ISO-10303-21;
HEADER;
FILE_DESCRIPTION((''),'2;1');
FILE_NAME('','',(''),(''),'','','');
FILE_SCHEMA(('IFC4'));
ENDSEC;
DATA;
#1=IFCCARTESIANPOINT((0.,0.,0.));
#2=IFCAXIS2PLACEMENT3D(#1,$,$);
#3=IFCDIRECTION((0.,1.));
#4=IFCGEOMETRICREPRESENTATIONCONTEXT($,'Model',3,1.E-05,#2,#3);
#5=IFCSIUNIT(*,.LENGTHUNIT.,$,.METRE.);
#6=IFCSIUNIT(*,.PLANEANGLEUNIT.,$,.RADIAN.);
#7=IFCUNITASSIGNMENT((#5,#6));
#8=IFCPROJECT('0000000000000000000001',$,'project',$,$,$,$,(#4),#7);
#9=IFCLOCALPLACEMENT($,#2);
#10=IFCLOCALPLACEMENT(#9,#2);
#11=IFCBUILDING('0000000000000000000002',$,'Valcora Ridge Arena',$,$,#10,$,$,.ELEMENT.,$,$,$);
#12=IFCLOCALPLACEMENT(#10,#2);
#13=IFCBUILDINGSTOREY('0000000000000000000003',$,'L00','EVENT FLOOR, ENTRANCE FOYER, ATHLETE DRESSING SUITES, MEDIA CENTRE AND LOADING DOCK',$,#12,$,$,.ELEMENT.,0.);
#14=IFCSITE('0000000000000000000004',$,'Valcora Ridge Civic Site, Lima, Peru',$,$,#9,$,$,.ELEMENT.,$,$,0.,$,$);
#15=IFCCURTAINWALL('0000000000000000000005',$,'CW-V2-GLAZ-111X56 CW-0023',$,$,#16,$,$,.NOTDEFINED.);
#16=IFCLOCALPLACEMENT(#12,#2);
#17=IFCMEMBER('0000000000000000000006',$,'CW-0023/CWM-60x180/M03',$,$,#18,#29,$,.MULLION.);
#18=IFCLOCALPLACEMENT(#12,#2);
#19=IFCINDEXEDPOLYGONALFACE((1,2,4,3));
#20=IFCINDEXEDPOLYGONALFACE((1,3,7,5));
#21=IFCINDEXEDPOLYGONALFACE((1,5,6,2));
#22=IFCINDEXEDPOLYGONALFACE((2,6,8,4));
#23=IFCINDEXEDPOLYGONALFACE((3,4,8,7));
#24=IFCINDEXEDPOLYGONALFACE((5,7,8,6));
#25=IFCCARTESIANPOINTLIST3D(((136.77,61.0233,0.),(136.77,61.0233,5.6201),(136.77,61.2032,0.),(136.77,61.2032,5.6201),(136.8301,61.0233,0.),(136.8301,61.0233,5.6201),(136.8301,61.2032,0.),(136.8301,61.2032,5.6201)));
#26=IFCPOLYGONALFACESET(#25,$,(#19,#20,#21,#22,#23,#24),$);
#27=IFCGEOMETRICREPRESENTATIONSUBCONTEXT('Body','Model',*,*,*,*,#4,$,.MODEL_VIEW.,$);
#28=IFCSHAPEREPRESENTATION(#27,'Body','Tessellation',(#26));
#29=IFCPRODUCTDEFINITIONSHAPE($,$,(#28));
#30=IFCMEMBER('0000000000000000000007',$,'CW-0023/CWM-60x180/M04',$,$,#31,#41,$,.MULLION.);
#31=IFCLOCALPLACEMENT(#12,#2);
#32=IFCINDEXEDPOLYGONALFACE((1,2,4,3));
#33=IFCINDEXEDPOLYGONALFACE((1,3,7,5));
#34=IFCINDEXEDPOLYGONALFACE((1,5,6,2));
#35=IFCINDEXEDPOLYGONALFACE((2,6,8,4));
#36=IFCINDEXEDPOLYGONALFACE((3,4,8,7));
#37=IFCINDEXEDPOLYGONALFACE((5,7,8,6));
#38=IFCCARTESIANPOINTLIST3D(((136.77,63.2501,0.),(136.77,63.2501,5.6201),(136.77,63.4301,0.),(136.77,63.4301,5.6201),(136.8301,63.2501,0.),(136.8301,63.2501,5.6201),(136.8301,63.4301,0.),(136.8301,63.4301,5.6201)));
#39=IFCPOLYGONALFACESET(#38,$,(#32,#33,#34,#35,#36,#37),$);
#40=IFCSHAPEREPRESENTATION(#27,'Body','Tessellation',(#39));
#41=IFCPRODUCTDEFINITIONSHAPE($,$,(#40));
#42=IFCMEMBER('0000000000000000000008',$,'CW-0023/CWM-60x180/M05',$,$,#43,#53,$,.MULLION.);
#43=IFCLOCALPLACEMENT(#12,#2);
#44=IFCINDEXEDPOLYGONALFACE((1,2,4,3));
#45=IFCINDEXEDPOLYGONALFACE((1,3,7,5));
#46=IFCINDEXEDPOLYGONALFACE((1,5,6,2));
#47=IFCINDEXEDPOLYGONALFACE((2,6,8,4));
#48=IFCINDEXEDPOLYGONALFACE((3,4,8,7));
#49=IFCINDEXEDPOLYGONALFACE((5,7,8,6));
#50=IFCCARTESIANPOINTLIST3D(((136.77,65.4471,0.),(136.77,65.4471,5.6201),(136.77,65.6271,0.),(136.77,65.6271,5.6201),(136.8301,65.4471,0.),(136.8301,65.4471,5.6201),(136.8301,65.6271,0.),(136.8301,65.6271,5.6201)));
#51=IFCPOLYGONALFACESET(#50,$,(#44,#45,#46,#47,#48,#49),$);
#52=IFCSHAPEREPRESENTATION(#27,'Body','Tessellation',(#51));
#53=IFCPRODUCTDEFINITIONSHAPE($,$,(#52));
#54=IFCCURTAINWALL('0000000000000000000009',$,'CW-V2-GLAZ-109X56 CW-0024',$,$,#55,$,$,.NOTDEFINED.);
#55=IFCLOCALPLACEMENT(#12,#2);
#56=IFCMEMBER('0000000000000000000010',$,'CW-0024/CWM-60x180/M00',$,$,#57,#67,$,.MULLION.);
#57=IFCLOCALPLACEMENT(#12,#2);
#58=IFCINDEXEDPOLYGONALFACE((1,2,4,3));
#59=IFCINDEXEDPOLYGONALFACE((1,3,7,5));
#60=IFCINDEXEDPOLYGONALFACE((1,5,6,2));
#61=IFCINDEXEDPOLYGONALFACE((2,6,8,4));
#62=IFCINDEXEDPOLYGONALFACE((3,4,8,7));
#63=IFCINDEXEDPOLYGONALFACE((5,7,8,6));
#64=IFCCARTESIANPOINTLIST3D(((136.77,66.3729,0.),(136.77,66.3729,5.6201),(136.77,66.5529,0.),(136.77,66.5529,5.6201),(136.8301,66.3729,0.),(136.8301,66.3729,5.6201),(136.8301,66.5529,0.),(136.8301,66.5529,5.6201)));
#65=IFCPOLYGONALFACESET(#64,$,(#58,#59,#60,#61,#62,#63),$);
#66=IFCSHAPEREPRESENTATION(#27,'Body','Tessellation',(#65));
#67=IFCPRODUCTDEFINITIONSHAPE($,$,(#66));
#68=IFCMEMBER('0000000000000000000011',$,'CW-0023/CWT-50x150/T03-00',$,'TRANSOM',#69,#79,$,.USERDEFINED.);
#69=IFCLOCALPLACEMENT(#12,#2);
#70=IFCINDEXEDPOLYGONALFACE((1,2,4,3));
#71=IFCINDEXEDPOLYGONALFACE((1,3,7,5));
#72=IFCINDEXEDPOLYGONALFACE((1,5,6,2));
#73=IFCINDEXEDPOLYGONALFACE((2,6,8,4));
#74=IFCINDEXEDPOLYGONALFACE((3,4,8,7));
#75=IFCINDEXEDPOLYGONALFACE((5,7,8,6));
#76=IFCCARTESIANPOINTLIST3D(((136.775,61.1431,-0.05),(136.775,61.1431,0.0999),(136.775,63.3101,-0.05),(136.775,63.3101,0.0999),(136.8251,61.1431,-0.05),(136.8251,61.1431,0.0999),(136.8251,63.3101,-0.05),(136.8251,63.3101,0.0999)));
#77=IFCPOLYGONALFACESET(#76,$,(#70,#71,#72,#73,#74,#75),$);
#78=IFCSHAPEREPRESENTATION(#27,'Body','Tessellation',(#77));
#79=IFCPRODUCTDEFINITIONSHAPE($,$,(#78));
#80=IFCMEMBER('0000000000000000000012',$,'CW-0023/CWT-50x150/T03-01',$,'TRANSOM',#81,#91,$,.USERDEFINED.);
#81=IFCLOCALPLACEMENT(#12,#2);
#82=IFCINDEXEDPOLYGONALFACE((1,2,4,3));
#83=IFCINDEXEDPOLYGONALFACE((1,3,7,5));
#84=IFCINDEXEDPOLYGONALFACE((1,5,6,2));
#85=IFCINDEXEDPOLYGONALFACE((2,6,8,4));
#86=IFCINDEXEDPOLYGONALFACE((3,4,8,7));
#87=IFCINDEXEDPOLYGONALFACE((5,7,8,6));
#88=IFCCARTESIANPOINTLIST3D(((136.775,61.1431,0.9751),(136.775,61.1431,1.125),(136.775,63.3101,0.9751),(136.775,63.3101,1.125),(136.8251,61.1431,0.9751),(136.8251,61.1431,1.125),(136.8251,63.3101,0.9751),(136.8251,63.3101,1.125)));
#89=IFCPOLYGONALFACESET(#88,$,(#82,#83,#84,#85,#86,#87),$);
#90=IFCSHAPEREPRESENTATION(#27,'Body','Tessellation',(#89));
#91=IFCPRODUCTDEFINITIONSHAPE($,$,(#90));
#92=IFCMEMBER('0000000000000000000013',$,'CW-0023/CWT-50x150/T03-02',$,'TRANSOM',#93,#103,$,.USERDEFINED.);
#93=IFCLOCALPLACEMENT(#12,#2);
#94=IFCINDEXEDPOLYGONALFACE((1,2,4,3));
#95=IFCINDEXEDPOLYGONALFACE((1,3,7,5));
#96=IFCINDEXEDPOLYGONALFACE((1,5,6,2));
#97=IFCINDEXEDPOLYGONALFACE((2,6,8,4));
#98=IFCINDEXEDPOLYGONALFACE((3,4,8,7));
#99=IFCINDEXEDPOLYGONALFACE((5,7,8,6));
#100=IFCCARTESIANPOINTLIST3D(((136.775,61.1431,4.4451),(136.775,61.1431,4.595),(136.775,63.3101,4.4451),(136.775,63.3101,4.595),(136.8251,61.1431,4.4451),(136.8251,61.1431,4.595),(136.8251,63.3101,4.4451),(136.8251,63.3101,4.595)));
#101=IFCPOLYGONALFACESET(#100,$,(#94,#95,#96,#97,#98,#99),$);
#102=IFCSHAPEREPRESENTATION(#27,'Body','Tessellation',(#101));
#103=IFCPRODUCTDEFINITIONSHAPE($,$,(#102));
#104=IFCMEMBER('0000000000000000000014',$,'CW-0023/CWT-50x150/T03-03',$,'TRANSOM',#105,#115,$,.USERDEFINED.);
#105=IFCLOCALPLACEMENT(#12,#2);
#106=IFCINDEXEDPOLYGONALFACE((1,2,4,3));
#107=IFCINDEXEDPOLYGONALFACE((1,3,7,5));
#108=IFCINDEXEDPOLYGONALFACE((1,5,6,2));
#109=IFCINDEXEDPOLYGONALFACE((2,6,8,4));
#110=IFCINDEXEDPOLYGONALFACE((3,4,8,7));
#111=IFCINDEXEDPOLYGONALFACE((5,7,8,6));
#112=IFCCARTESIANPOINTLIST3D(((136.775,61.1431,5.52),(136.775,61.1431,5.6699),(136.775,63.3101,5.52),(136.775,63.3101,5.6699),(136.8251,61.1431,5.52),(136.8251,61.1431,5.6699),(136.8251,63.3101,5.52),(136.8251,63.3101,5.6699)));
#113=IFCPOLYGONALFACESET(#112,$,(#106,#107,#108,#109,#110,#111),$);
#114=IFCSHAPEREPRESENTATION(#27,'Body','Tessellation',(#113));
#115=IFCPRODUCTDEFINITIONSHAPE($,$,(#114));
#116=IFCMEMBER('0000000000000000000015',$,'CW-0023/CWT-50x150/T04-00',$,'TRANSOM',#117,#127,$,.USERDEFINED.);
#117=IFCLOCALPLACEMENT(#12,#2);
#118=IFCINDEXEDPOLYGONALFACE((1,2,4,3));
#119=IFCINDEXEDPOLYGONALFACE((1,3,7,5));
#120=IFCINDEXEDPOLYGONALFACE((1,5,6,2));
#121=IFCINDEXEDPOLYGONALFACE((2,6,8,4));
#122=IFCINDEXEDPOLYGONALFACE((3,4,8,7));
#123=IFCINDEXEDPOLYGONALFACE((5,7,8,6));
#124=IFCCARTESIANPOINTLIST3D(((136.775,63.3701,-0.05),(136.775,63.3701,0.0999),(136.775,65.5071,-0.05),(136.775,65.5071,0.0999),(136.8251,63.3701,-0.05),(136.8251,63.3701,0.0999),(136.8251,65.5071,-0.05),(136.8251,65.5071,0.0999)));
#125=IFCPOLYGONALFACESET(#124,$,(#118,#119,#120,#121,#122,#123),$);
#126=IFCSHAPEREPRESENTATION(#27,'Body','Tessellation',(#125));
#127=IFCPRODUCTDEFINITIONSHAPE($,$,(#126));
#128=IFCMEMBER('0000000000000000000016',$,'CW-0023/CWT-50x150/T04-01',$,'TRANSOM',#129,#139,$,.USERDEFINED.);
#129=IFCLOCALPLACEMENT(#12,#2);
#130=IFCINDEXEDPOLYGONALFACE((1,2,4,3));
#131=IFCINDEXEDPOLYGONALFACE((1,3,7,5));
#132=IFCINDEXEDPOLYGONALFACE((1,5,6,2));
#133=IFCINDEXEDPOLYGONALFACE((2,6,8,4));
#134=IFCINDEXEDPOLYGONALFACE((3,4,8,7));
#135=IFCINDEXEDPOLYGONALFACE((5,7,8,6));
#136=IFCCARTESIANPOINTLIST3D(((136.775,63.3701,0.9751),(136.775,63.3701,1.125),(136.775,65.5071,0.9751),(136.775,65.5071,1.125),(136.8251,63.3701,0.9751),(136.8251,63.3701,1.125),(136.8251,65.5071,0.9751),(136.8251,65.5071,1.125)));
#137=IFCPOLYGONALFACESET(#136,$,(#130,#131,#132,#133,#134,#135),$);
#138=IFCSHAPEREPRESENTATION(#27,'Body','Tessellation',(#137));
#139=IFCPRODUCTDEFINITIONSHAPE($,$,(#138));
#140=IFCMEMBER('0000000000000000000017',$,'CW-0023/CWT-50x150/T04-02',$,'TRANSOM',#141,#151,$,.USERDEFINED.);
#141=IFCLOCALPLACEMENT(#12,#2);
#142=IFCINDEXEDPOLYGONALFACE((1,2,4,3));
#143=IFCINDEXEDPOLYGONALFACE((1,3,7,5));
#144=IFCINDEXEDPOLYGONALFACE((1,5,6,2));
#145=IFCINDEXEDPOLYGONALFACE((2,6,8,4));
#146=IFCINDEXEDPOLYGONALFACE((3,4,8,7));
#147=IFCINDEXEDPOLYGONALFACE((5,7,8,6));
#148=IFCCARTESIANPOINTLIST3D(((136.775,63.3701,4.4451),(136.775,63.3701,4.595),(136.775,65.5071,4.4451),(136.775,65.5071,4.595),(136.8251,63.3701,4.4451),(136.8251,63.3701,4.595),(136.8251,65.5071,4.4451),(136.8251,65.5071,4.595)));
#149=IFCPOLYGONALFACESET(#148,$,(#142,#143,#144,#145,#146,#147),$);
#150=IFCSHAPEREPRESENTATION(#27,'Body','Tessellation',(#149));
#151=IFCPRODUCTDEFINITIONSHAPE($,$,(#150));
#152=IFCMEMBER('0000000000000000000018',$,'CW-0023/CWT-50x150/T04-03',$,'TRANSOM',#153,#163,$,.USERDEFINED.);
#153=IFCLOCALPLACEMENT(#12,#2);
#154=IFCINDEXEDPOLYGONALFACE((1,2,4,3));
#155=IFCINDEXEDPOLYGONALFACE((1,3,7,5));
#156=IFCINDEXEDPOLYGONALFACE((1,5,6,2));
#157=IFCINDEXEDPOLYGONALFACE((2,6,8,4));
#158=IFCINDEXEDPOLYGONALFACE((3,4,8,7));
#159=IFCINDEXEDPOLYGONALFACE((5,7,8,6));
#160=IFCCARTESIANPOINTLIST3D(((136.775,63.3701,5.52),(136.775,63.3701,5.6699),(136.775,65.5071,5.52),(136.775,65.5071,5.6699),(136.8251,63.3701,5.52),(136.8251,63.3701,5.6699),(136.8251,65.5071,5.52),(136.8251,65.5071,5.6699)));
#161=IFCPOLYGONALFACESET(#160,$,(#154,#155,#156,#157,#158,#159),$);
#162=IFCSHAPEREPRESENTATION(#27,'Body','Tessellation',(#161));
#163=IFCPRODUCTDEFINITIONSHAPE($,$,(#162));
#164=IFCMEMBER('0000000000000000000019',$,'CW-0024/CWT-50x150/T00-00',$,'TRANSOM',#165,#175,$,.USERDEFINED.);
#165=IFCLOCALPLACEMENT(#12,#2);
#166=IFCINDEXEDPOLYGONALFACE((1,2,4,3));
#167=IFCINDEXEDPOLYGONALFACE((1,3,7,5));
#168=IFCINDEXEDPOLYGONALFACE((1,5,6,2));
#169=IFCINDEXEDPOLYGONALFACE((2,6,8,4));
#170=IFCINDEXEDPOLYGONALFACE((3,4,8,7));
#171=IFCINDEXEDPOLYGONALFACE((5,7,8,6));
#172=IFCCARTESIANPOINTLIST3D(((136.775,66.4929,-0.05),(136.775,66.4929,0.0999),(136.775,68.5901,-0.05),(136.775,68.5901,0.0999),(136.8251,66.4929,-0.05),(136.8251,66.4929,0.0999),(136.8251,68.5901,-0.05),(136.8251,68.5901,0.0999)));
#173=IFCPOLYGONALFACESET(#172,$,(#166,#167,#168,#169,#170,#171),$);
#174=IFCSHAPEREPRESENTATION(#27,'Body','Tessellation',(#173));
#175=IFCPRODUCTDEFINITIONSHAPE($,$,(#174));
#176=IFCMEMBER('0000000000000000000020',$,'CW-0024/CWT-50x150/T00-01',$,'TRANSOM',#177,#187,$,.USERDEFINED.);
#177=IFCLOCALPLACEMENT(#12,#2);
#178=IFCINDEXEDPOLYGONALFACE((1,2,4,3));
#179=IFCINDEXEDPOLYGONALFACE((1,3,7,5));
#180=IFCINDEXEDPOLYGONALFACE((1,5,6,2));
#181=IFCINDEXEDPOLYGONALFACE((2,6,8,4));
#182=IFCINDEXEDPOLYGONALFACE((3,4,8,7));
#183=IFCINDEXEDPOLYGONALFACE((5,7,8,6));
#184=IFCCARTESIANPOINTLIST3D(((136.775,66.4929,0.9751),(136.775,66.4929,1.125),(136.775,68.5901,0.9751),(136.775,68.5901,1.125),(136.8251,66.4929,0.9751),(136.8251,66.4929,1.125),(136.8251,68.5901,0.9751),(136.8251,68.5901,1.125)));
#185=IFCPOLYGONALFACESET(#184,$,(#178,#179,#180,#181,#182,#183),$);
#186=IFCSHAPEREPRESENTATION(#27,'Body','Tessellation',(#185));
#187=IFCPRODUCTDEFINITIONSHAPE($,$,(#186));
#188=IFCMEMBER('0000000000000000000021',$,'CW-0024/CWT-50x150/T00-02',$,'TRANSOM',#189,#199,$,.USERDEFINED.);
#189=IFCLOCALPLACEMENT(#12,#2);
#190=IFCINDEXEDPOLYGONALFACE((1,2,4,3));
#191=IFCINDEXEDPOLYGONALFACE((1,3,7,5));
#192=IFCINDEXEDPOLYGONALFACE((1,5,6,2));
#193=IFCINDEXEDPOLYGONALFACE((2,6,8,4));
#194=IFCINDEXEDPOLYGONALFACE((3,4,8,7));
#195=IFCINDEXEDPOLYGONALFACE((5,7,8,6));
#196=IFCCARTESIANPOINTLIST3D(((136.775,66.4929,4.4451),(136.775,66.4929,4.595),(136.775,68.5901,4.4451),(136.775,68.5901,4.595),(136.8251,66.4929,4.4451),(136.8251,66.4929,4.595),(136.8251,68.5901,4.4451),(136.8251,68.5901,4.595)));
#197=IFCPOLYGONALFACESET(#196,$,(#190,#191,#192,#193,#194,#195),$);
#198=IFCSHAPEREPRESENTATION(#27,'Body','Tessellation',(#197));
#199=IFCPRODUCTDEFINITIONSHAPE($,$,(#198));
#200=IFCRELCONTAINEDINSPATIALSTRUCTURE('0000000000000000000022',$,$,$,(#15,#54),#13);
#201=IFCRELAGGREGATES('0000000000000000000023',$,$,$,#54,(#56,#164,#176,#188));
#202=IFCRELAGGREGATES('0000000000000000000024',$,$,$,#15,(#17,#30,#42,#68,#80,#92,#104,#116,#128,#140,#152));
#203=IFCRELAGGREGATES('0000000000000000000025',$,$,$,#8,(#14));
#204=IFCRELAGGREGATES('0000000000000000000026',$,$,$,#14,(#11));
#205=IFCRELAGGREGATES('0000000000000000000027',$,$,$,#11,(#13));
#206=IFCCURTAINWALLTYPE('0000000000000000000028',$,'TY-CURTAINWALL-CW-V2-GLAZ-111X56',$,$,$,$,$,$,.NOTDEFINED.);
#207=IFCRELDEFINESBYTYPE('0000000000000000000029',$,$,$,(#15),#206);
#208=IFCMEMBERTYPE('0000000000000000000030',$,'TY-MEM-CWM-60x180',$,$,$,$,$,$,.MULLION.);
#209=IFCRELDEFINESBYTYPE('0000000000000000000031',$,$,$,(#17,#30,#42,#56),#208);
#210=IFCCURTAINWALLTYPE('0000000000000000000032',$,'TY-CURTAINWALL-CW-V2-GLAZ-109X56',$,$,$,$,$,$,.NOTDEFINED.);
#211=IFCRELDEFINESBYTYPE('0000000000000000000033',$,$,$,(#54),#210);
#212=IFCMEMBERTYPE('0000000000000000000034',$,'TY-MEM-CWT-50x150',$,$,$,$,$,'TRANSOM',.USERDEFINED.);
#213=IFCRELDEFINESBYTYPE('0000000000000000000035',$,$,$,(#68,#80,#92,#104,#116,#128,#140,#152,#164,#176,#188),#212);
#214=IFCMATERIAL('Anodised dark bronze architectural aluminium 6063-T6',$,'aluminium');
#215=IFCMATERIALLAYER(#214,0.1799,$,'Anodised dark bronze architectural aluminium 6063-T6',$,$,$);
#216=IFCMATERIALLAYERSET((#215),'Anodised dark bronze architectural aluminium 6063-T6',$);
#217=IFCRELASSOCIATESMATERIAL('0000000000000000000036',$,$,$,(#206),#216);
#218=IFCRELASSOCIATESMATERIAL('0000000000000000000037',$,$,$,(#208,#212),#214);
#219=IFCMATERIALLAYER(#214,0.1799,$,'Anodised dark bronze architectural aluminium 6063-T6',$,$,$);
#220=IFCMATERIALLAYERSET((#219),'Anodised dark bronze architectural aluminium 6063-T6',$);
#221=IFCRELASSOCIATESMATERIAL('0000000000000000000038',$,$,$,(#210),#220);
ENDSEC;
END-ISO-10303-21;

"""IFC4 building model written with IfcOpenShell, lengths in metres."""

from ifc_helpers import new_model, si_unit, direction, frame, origin, origin_2d, place, context, subcontext, project, spatial, rectangle, extrude, material, layer, layer_set, material_profile, profile_set, type_object, element, aggregate, save


model = new_model("IFC4")

# Units and contexts
model_context = context("Model", 3, precision=1e-05, world=origin(), true_north=direction((0.0, 1.0)))
body_context = subcontext(model_context, "Body", "Model", "MODEL_VIEW")
ifc_project = project(units=[si_unit("LENGTHUNIT", "METRE"), si_unit("PLANEANGLEUNIT", "RADIAN")], contexts=[model_context])

# Site, building, storey
site_placement = place(None, origin())
site = spatial("IfcSite", under=ifc_project, at=site_placement, Name="Valcora Ridge Civic Site, Lima, Peru", CompositionType="ELEMENT", RefElevation=0.0)
building_placement = place(site_placement, origin())
building = spatial("IfcBuilding", under=site, at=building_placement, Name="Valcora Ridge Arena", CompositionType="ELEMENT")
storey_placement = place(building_placement, origin())
storey = spatial("IfcBuildingStorey", under=building, at=storey_placement, Name="L00", Description="EVENT FLOOR, ENTRANCE FOYER, ATHLETE DRESSING SUITES, MEDIA CENTRE AND LOADING DOCK", CompositionType="ELEMENT", Elevation=0.0)

# Curtain wall, members
ifc_material_1 = material(Name="Anodised dark bronze architectural aluminium 6063-T6", Category="aluminium")
ifc_layer_1 = layer(ifc_material_1, 0.1799, Name="Anodised dark bronze architectural aluminium 6063-T6")
ifc_layer_set_1 = layer_set([ifc_layer_1], Name="Anodised dark bronze architectural aluminium 6063-T6")
curtain_wall_type_1 = type_object("IfcCurtainWallType", Name="TY-CURTAINWALL-CW-V2-GLAZ-111X56", PredefinedType="NOTDEFINED", material=ifc_layer_set_1)
curtain_wall_1_placement = place(storey_placement, origin())
curtain_wall_1 = element("IfcCurtainWall", 1, at=curtain_wall_1_placement, inside=storey, type_object=curtain_wall_type_1, Name="CW-V2-GLAZ-111X56 CW-0023", PredefinedType="NOTDEFINED")
ifc_material_profile_1 = material_profile(ifc_material_1, rectangle(XDim=0.0601, YDim=0.1799, at=origin_2d()), Name="ALU MULLION 60x180")
ifc_profile_set_1 = profile_set([ifc_material_profile_1], Name="Anodised dark bronze architectural aluminium 6063-T6")
member_type_1 = type_object("IfcMemberType", Name="TY-MEM-CWM-60x180", PredefinedType="MULLION", material=ifc_profile_set_1)
member_1_placement = place(storey_placement, frame((136.8, 61.1133, 0.0), z_axis=(0.0, 0.0, 1.0), x_axis=(-1.0, 0.0, 0.0)))
member_1 = element("IfcMember", 2, at=member_1_placement, type_object=member_type_1, Name="CW-0023/CWM-60x180/M03", PredefinedType="MULLION", context=body_context, shape_type="SweptSolid", body=[
    extrude(rectangle(XDim=0.0601, YDim=0.1799, at=origin_2d()), origin(), (0.0, 0.0, 1.0), 5.6201),
])
member_2_placement = place(storey_placement, frame((136.8, 63.3401, 0.0), z_axis=(0.0, 0.0, 1.0), x_axis=(-1.0, 0.0, 0.0)))
member_2 = element("IfcMember", 3, at=member_2_placement, type_object=member_type_1, Name="CW-0023/CWM-60x180/M04", PredefinedType="MULLION", context=body_context, shape_type="SweptSolid", body=[
    extrude(rectangle(XDim=0.0601, YDim=0.1799, at=origin_2d()), origin(), (0.0, 0.0, 1.0), 5.6201),
])
member_3_placement = place(storey_placement, frame((136.8, 65.5371, 0.0), z_axis=(0.0, 0.0, 1.0), x_axis=(-1.0, 0.0, 0.0)))
member_3 = element("IfcMember", 4, at=member_3_placement, type_object=member_type_1, Name="CW-0023/CWM-60x180/M05", PredefinedType="MULLION", context=body_context, shape_type="SweptSolid", body=[
    extrude(rectangle(XDim=0.0601, YDim=0.1799, at=origin_2d()), origin(), (0.0, 0.0, 1.0), 5.6201),
])

# Curtain wall, member
ifc_layer_2 = layer(ifc_material_1, 0.1799, Name="Anodised dark bronze architectural aluminium 6063-T6")
ifc_layer_set_2 = layer_set([ifc_layer_2], Name="Anodised dark bronze architectural aluminium 6063-T6")
curtain_wall_type_2 = type_object("IfcCurtainWallType", Name="TY-CURTAINWALL-CW-V2-GLAZ-109X56", PredefinedType="NOTDEFINED", material=ifc_layer_set_2)
curtain_wall_2_placement = place(storey_placement, origin())
curtain_wall_2 = element("IfcCurtainWall", 5, at=curtain_wall_2_placement, inside=storey, type_object=curtain_wall_type_2, Name="CW-V2-GLAZ-109X56 CW-0024", PredefinedType="NOTDEFINED")
member_4_placement = place(storey_placement, frame((136.8, 66.4629, 0.0), z_axis=(0.0, 0.0, 1.0), x_axis=(-1.0, 0.0, 0.0)))
member_4 = element("IfcMember", 6, at=member_4_placement, type_object=member_type_1, Name="CW-0024/CWM-60x180/M00", PredefinedType="MULLION", context=body_context, shape_type="SweptSolid", body=[
    extrude(rectangle(XDim=0.0601, YDim=0.1799, at=origin_2d()), origin(), (0.0, 0.0, 1.0), 5.6201),
])

# Members
ifc_material_profile_2 = material_profile(ifc_material_1, rectangle(XDim=0.05, YDim=0.1499, at=origin_2d()), Name="ALU TRANSOM 50x150")
ifc_profile_set_2 = profile_set([ifc_material_profile_2], Name="Anodised dark bronze architectural aluminium 6063-T6")
member_type_2 = type_object("IfcMemberType", Name="TY-MEM-CWT-50x150", ElementType="TRANSOM", PredefinedType="USERDEFINED", material=ifc_profile_set_2)
member_5_placement = place(storey_placement, frame((136.8, 61.1431, 0.0249), z_axis=(0.0, 1.0, 0.0), x_axis=(-1.0, 0.0, 0.0)))
member_5 = element("IfcMember", 7, at=member_5_placement, type_object=member_type_2, Name="CW-0023/CWT-50x150/T03-00", ObjectType="TRANSOM", PredefinedType="USERDEFINED", context=body_context, shape_type="SweptSolid", body=[
    extrude(rectangle(XDim=0.05, YDim=0.1499, at=origin_2d()), origin(), (0.0, 0.0, 1.0), 2.167),
])
member_6_placement = place(storey_placement, frame((136.8, 61.1431, 1.05), z_axis=(0.0, 1.0, 0.0), x_axis=(-1.0, 0.0, 0.0)))
member_6 = element("IfcMember", 8, at=member_6_placement, type_object=member_type_2, Name="CW-0023/CWT-50x150/T03-01", ObjectType="TRANSOM", PredefinedType="USERDEFINED", context=body_context, shape_type="SweptSolid", body=[
    extrude(rectangle(XDim=0.05, YDim=0.1499, at=origin_2d()), origin(), (0.0, 0.0, 1.0), 2.167),
])
member_7_placement = place(storey_placement, frame((136.8, 61.1431, 4.52), z_axis=(0.0, 1.0, 0.0), x_axis=(-1.0, 0.0, 0.0)))
member_7 = element("IfcMember", 9, at=member_7_placement, type_object=member_type_2, Name="CW-0023/CWT-50x150/T03-02", ObjectType="TRANSOM", PredefinedType="USERDEFINED", context=body_context, shape_type="SweptSolid", body=[
    extrude(rectangle(XDim=0.05, YDim=0.1499, at=origin_2d()), origin(), (0.0, 0.0, 1.0), 2.167),
])
member_8_placement = place(storey_placement, frame((136.8, 61.1431, 5.595), z_axis=(0.0, 1.0, 0.0), x_axis=(-1.0, 0.0, 0.0)))
member_8 = element("IfcMember", 10, at=member_8_placement, type_object=member_type_2, Name="CW-0023/CWT-50x150/T03-03", ObjectType="TRANSOM", PredefinedType="USERDEFINED", context=body_context, shape_type="SweptSolid", body=[
    extrude(rectangle(XDim=0.05, YDim=0.1499, at=origin_2d()), origin(), (0.0, 0.0, 1.0), 2.167),
])
member_9_placement = place(storey_placement, frame((136.8, 63.3701, 0.0249), z_axis=(0.0, 1.0, 0.0), x_axis=(-1.0, 0.0, 0.0)))
member_9 = element("IfcMember", 11, at=member_9_placement, type_object=member_type_2, Name="CW-0023/CWT-50x150/T04-00", ObjectType="TRANSOM", PredefinedType="USERDEFINED", context=body_context, shape_type="SweptSolid", body=[
    extrude(rectangle(XDim=0.05, YDim=0.1499, at=origin_2d()), origin(), (0.0, 0.0, 1.0), 2.137),
])
member_10_placement = place(storey_placement, frame((136.8, 63.3701, 1.05), z_axis=(0.0, 1.0, 0.0), x_axis=(-1.0, 0.0, 0.0)))
member_10 = element("IfcMember", 12, at=member_10_placement, type_object=member_type_2, Name="CW-0023/CWT-50x150/T04-01", ObjectType="TRANSOM", PredefinedType="USERDEFINED", context=body_context, shape_type="SweptSolid", body=[
    extrude(rectangle(XDim=0.05, YDim=0.1499, at=origin_2d()), origin(), (0.0, 0.0, 1.0), 2.137),
])
member_11_placement = place(storey_placement, frame((136.8, 63.3701, 4.52), z_axis=(0.0, 1.0, 0.0), x_axis=(-1.0, 0.0, 0.0)))
member_11 = element("IfcMember", 13, at=member_11_placement, type_object=member_type_2, Name="CW-0023/CWT-50x150/T04-02", ObjectType="TRANSOM", PredefinedType="USERDEFINED", context=body_context, shape_type="SweptSolid", body=[
    extrude(rectangle(XDim=0.05, YDim=0.1499, at=origin_2d()), origin(), (0.0, 0.0, 1.0), 2.137),
])
member_12_placement = place(storey_placement, frame((136.8, 63.3701, 5.595), z_axis=(0.0, 1.0, 0.0), x_axis=(-1.0, 0.0, 0.0)))
member_12 = element("IfcMember", 14, at=member_12_placement, type_object=member_type_2, Name="CW-0023/CWT-50x150/T04-03", ObjectType="TRANSOM", PredefinedType="USERDEFINED", context=body_context, shape_type="SweptSolid", body=[
    extrude(rectangle(XDim=0.05, YDim=0.1499, at=origin_2d()), origin(), (0.0, 0.0, 1.0), 2.137),
])
member_13_placement = place(storey_placement, frame((136.8, 66.4929, 0.0249), z_axis=(0.0, 1.0, 0.0), x_axis=(-1.0, 0.0, 0.0)))
member_13 = element("IfcMember", 15, at=member_13_placement, type_object=member_type_2, Name="CW-0024/CWT-50x150/T00-00", ObjectType="TRANSOM", PredefinedType="USERDEFINED", context=body_context, shape_type="SweptSolid", body=[
    extrude(rectangle(XDim=0.05, YDim=0.1499, at=origin_2d()), origin(), (0.0, 0.0, 1.0), 2.0972),
])
member_14_placement = place(storey_placement, frame((136.8, 66.4929, 1.05), z_axis=(0.0, 1.0, 0.0), x_axis=(-1.0, 0.0, 0.0)))
member_14 = element("IfcMember", 16, at=member_14_placement, type_object=member_type_2, Name="CW-0024/CWT-50x150/T00-01", ObjectType="TRANSOM", PredefinedType="USERDEFINED", context=body_context, shape_type="SweptSolid", body=[
    extrude(rectangle(XDim=0.05, YDim=0.1499, at=origin_2d()), origin(), (0.0, 0.0, 1.0), 2.0972),
])
member_15_placement = place(storey_placement, frame((136.8, 66.4929, 4.52), z_axis=(0.0, 1.0, 0.0), x_axis=(-1.0, 0.0, 0.0)))
member_15 = element("IfcMember", 17, at=member_15_placement, type_object=member_type_2, Name="CW-0024/CWT-50x150/T00-02", ObjectType="TRANSOM", PredefinedType="USERDEFINED", context=body_context, shape_type="SweptSolid", body=[
    extrude(rectangle(XDim=0.05, YDim=0.1499, at=origin_2d()), origin(), (0.0, 0.0, 1.0), 2.0972),
])
aggregate(curtain_wall_2, [member_4, member_13, member_14, member_15])

aggregate(curtain_wall_1, [member_1, member_2, member_3, member_5, member_6, member_7, member_8, member_9, member_10, member_11, member_12])

save(model, "model.ifc")
